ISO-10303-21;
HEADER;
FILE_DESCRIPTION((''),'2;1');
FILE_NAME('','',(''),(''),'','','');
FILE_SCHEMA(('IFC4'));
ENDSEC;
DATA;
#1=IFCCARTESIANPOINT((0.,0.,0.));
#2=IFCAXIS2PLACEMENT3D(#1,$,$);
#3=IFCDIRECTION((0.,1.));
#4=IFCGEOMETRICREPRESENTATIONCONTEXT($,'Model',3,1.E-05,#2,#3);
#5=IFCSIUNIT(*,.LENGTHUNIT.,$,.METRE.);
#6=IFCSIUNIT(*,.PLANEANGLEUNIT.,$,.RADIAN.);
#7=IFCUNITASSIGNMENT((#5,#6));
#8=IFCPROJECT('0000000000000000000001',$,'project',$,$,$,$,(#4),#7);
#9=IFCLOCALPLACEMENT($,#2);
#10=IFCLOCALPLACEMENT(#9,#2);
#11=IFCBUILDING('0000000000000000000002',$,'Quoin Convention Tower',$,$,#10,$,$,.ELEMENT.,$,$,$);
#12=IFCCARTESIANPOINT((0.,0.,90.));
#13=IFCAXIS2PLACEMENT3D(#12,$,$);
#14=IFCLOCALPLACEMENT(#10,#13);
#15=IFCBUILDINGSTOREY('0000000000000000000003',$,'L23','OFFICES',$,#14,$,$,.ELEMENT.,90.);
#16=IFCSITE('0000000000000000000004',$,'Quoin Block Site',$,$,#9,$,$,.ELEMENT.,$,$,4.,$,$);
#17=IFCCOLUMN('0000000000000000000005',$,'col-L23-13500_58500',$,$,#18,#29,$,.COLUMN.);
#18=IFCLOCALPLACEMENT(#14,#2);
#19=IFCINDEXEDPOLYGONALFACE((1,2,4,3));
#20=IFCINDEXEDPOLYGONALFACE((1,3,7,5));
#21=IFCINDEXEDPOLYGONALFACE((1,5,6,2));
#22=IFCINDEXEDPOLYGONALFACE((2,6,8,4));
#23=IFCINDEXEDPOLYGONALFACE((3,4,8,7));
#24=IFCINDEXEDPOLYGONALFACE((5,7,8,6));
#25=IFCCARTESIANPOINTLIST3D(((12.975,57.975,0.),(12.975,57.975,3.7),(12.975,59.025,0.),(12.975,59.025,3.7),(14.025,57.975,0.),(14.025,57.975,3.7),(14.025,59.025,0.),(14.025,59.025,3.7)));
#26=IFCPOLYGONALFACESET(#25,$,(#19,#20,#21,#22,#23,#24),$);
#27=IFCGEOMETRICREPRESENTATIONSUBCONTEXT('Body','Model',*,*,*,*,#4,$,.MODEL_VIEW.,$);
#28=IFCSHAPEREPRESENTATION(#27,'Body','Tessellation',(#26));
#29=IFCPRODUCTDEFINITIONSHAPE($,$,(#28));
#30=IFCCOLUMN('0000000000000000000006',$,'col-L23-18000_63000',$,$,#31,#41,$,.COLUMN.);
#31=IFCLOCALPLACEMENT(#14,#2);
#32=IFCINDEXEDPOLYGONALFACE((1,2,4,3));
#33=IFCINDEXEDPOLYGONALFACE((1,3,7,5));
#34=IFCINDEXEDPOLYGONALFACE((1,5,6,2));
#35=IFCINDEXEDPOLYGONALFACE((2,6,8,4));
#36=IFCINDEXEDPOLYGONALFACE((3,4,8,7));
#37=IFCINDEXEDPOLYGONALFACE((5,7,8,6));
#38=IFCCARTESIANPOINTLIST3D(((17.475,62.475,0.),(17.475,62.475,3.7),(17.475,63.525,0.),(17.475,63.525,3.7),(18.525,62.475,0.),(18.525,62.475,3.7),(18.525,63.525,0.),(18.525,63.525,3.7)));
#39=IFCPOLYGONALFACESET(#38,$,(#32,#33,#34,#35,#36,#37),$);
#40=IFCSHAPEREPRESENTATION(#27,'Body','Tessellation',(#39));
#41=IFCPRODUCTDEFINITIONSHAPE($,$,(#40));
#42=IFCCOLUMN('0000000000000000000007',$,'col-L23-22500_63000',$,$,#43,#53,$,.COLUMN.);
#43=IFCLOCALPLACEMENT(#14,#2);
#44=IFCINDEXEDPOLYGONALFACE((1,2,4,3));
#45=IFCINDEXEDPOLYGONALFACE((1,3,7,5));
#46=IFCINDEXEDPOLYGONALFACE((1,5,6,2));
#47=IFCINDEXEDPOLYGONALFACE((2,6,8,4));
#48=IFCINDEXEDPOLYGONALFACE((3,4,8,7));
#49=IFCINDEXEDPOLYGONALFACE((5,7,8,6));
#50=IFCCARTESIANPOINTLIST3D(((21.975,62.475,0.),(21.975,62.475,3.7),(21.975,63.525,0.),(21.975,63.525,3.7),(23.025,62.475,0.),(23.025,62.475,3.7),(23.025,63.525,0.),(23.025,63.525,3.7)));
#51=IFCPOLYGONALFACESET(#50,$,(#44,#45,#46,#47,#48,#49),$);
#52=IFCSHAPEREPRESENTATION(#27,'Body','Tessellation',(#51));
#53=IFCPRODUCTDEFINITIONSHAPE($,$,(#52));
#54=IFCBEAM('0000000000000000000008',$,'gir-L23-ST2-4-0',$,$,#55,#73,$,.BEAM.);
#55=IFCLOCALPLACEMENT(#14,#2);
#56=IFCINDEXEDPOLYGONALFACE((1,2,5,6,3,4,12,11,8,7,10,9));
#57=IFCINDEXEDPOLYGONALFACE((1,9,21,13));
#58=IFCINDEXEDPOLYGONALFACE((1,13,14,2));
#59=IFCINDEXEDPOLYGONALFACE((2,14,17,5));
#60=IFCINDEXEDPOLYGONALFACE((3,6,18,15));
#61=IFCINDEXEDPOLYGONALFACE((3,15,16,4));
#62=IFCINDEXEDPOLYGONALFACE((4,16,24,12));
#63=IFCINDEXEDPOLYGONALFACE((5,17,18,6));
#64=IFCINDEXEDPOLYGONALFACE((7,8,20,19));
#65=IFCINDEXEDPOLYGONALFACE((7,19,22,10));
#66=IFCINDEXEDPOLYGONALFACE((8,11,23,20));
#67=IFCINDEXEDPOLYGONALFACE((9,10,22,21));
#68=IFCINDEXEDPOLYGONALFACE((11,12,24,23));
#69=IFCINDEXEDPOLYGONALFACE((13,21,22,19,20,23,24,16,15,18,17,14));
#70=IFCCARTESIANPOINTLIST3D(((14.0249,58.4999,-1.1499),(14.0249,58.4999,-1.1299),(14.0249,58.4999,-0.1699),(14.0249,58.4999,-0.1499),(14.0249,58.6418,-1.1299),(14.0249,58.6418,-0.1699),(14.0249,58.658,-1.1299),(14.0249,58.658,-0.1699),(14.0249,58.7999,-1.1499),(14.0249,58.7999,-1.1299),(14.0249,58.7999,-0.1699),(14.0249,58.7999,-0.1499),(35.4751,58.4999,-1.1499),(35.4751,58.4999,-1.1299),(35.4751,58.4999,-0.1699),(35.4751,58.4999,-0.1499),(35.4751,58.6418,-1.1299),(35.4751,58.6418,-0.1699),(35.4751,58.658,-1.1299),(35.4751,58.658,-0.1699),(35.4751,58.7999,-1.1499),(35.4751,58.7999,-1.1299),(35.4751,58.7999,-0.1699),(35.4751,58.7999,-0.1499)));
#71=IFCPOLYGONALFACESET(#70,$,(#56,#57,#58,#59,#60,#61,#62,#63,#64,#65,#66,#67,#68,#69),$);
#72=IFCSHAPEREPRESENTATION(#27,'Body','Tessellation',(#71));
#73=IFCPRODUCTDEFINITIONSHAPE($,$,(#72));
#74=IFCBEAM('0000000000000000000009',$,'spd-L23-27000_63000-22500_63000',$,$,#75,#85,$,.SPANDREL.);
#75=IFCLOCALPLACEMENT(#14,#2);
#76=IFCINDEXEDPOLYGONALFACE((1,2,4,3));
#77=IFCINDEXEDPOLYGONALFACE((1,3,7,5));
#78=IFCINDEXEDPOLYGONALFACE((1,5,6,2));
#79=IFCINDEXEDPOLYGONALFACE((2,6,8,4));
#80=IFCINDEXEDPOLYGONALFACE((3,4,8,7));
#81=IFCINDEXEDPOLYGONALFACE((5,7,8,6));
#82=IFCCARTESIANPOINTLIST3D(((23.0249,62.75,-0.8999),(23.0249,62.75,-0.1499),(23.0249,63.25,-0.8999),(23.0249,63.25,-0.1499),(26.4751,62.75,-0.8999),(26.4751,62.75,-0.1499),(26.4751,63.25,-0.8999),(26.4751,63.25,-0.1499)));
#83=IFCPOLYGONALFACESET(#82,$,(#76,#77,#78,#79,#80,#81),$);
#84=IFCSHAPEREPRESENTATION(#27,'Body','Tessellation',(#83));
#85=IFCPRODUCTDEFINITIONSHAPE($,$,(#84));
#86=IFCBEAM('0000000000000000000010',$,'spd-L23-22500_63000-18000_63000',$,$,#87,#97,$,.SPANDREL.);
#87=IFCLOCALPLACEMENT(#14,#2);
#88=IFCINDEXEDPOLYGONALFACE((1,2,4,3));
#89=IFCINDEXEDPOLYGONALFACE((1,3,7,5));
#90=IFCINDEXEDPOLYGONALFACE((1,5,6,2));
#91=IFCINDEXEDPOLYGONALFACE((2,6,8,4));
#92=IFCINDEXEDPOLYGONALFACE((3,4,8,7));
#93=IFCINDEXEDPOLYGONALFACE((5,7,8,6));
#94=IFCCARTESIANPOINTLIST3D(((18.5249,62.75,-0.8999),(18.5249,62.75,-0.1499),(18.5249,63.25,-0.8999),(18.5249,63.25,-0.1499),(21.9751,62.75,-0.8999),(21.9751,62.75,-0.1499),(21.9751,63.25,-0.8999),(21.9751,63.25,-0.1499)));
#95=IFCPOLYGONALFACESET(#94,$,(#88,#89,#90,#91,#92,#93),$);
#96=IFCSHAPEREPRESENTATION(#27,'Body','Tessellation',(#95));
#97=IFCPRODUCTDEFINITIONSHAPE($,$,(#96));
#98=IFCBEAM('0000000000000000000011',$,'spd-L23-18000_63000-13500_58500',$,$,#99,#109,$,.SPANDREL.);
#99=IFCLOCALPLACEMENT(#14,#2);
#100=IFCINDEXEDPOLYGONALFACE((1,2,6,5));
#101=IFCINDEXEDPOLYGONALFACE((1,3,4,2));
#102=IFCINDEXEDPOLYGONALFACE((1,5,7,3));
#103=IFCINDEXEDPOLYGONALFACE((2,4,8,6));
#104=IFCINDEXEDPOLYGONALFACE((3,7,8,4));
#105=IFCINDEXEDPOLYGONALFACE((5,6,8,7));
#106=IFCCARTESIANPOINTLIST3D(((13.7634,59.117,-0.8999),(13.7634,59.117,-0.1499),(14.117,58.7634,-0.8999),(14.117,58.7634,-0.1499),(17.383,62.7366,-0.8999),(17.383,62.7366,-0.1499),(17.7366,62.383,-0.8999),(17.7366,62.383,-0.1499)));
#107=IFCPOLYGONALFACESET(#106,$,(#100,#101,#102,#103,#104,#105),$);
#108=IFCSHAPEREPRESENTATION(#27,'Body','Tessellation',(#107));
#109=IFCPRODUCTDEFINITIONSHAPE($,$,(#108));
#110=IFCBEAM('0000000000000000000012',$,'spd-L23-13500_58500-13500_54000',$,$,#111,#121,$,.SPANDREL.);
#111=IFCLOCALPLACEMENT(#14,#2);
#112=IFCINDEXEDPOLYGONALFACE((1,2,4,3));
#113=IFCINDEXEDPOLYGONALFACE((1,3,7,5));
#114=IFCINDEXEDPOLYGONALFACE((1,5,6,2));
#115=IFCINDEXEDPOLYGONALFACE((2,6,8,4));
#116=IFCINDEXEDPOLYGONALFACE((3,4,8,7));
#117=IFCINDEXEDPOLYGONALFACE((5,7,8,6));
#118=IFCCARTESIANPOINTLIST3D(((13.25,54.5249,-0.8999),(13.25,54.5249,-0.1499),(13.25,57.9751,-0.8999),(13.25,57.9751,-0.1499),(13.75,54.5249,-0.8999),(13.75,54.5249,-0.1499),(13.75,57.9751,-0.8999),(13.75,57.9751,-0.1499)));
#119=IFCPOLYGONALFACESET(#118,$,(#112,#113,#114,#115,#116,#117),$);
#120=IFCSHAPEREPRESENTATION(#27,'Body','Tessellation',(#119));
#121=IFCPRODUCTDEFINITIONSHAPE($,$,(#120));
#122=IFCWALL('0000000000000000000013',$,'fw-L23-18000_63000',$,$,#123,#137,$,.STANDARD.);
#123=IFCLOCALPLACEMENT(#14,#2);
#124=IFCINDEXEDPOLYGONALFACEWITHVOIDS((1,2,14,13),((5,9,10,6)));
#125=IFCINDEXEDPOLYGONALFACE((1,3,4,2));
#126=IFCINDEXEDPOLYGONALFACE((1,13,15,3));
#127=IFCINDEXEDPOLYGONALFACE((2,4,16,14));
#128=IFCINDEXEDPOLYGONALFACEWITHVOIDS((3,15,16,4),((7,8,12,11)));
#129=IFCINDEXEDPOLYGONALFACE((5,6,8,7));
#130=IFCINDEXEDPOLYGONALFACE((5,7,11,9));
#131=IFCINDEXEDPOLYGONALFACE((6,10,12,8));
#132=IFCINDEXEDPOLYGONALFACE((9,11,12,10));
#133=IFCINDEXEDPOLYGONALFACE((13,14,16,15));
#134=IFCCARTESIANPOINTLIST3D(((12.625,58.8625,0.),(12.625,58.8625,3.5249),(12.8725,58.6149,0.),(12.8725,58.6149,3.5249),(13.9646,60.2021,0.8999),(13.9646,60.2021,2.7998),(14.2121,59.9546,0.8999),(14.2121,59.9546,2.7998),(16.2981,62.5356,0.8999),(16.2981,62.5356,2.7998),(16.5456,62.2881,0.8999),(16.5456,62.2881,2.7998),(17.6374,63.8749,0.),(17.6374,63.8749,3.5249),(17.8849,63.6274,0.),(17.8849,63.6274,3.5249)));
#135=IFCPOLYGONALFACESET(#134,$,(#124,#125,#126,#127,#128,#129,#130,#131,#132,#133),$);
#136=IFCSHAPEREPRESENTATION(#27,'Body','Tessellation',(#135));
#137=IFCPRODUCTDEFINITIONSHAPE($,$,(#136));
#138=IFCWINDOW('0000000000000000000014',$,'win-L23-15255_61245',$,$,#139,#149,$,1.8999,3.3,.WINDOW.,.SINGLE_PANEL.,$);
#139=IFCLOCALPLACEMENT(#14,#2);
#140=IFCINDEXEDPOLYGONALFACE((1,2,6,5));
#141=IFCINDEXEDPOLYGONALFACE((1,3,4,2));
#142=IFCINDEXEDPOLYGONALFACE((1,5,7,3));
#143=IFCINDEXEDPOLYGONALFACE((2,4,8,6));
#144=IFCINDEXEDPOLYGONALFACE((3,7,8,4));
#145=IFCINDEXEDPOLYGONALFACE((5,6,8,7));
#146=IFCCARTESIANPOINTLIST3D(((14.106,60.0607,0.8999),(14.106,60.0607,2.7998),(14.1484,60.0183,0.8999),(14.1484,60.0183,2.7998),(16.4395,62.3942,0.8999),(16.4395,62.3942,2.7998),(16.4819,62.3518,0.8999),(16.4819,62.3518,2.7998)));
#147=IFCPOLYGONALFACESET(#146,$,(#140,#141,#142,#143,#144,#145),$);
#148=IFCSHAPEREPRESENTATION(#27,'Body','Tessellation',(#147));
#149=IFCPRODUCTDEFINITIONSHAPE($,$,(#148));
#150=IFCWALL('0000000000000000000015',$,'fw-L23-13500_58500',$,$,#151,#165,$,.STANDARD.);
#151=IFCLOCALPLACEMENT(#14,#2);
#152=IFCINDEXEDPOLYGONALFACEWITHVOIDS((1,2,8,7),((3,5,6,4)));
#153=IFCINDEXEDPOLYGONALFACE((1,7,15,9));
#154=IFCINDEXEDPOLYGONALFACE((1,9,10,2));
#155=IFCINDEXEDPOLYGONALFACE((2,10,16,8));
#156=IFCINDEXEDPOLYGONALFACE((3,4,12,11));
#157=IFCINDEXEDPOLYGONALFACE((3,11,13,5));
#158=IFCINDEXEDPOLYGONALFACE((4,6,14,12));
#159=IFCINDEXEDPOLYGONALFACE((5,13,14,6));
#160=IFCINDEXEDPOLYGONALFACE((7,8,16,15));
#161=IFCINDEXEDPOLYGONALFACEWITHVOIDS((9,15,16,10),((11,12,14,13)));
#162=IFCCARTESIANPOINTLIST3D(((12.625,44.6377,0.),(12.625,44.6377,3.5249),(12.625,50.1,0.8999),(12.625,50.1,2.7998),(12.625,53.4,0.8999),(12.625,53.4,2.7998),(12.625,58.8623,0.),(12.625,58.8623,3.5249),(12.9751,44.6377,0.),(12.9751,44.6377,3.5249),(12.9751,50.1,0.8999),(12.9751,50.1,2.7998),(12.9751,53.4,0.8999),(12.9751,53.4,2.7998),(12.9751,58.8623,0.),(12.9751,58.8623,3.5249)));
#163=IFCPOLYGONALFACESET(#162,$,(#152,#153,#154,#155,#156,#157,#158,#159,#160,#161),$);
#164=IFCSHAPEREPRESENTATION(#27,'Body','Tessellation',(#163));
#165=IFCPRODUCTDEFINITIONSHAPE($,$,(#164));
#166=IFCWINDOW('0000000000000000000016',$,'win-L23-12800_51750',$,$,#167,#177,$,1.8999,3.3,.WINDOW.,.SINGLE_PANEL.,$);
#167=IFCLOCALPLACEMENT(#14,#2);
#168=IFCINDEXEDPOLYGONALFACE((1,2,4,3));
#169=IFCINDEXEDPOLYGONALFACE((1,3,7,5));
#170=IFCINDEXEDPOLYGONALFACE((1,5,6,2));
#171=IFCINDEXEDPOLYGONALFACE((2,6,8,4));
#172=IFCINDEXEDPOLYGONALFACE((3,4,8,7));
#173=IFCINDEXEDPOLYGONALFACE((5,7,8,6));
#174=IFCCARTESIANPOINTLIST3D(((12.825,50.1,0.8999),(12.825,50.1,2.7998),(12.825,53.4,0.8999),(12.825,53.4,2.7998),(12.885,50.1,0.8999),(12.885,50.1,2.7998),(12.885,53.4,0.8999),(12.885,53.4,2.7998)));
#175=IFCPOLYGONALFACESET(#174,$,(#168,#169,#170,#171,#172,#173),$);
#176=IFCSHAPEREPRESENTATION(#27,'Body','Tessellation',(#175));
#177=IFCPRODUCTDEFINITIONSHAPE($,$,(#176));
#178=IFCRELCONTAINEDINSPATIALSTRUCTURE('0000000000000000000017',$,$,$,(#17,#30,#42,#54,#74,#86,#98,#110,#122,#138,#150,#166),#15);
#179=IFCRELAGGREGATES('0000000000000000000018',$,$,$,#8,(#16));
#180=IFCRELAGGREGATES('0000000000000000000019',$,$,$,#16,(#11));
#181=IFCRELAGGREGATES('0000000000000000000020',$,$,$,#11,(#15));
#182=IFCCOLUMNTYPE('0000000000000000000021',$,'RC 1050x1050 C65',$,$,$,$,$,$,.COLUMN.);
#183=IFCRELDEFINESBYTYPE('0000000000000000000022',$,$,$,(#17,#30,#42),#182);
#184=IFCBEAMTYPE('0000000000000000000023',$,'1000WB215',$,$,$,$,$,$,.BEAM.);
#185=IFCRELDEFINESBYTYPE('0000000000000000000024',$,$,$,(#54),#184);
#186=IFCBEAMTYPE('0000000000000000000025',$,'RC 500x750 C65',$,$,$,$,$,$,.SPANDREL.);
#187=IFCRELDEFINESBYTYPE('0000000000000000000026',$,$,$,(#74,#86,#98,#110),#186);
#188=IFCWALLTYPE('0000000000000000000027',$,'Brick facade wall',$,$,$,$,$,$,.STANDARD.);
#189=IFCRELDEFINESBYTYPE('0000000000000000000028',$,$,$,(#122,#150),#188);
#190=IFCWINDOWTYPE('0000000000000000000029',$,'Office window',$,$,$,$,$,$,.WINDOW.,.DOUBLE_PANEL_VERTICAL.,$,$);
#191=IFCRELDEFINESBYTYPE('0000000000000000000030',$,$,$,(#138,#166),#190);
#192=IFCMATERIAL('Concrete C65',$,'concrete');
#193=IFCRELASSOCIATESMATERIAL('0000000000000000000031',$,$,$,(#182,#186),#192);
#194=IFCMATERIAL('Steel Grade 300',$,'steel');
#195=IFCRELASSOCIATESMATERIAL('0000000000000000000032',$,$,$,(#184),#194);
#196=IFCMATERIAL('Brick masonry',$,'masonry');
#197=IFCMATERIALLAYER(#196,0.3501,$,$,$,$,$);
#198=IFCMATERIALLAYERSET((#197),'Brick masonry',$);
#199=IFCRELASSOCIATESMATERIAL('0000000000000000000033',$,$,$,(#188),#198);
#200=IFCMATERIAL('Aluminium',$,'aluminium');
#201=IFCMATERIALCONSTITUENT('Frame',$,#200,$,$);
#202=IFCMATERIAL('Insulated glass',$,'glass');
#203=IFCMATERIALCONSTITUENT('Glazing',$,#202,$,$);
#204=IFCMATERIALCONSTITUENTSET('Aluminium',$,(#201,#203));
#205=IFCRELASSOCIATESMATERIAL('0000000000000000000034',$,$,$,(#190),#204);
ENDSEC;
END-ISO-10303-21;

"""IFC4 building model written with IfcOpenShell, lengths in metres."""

from ifc_helpers import new_model, si_unit, direction, frame, frame_2d, origin, origin_2d, place, context, subcontext, project, spatial, rectangle, i_section, extrude, material, layer, layer_set, constituent, constituent_set, material_profile, profile_set, type_object, element, fill, save


model = new_model("IFC4")

# Units and contexts
model_context = context("Model", 3, precision=1e-05, world=origin(), true_north=direction((0.0, 1.0)))
body_context = subcontext(model_context, "Body", "Model", "MODEL_VIEW")
ifc_project = project(units=[si_unit("LENGTHUNIT", "METRE"), si_unit("PLANEANGLEUNIT", "RADIAN")], contexts=[model_context])

# Site, building, storey
site_placement = place(None, origin())
site = spatial("IfcSite", under=ifc_project, at=site_placement, Name="Quoin Block Site", CompositionType="ELEMENT", RefElevation=4.0)
building_placement = place(site_placement, origin())
building = spatial("IfcBuilding", under=site, at=building_placement, Name="Quoin Convention Tower", CompositionType="ELEMENT")
storey_placement = place(building_placement, frame((0.0, 0.0, 90.0)))
storey = spatial("IfcBuildingStorey", under=building, at=storey_placement, Name="L23", Description="OFFICES", CompositionType="ELEMENT", Elevation=90.0)

# Columns
ifc_material_1 = material(Name="Concrete C65", Category="concrete")
ifc_material_profile_1 = material_profile(ifc_material_1, rectangle(XDim=1.05, YDim=1.05, at=origin_2d()), Name="RC 1050x1050")
ifc_profile_set_1 = profile_set([ifc_material_profile_1], Name="Concrete C65")
column_type = type_object("IfcColumnType", Name="RC 1050x1050 C65", PredefinedType="COLUMN", material=ifc_profile_set_1)
for number, where, z_axis, x_axis, name in (
    (1, (13.5, 58.5, 0.0), (0.0, 0.0, 1.0), (1.0, 0.0, 0.0), "col-L23-13500_58500"),
    (2, (18.0, 63.0, 0.0), (0.0, 0.0, 1.0), (1.0, 0.0, 0.0), "col-L23-18000_63000"),
    (3, (22.5, 63.0, 0.0), (0.0, 0.0, 1.0), (1.0, 0.0, 0.0), "col-L23-22500_63000"),
):
    element("IfcColumn", number, at=place(storey_placement, frame(where, z_axis=z_axis, x_axis=x_axis)), inside=storey, type_object=column_type, Name=name, PredefinedType="COLUMN", context=body_context, shape_type="SweptSolid", body=[
        extrude(rectangle(XDim=1.05, YDim=1.05, at=origin_2d()), origin(), (0.0, 0.0, 1.0), 3.7),
    ])

# Beams
ifc_material_2 = material(Name="Steel Grade 300", Category="steel")
ifc_material_profile_2 = material_profile(ifc_material_2, i_section(OverallWidth=0.3, OverallDepth=1.0, WebThickness=0.0161, FlangeThickness=0.02, at=origin_2d()), Name="1000WB215")
ifc_profile_set_2 = profile_set([ifc_material_profile_2], Name="Steel Grade 300")
beam_type_1 = type_object("IfcBeamType", Name="1000WB215", PredefinedType="BEAM", material=ifc_profile_set_2)
beam_1_placement = place(storey_placement, frame((14.0249, 58.6499, -0.6499), z_axis=(1.0, 0.0, 0.0), x_axis=(0.0, 1.0, 0.0)))
element("IfcBeam", 4, at=beam_1_placement, inside=storey, type_object=beam_type_1, Name="gir-L23-ST2-4-0", PredefinedType="BEAM", context=body_context, shape_type="SweptSolid", body=[
    extrude(i_section(OverallWidth=0.3, OverallDepth=1.0, WebThickness=0.0161, FlangeThickness=0.02, at=origin_2d()), origin(), (0.0, 0.0, 1.0), 21.4502),
])
ifc_material_profile_3 = material_profile(ifc_material_1, rectangle(XDim=0.5, YDim=0.75, at=origin_2d()), Name="RC 500x750")
ifc_profile_set_3 = profile_set([ifc_material_profile_3], Name="Concrete C65")
beam_type_2 = type_object("IfcBeamType", Name="RC 500x750 C65", PredefinedType="SPANDREL", material=ifc_profile_set_3)
for number, where, z_axis, x_axis, name in (
    (5, (26.4751, 63.0, -0.5249), (-1.0, 0.0, 0.0), (0.0, -1.0, 0.0), "spd-L23-27000_63000-22500_63000"),
    (6, (21.9751, 63.0, -0.5249), (-1.0, 0.0, 0.0), (0.0, -1.0, 0.0), "spd-L23-22500_63000-18000_63000"),
):
    element("IfcBeam", number, at=place(storey_placement, frame(where, z_axis=z_axis, x_axis=x_axis)), inside=storey, type_object=beam_type_2, Name=name, PredefinedType="SPANDREL", context=body_context, shape_type="SweptSolid", body=[
        extrude(rectangle(XDim=0.5, YDim=0.75, at=origin_2d()), origin(), (0.0, 0.0, 1.0), 3.4502),
    ])
beam_2_placement = place(storey_placement, frame((17.5598, 62.5598, -0.5249), z_axis=(-0.707107, -0.707107, 0.0), x_axis=(0.707107, -0.707107, 0.0)))
element("IfcBeam", 7, at=beam_2_placement, inside=storey, type_object=beam_type_2, Name="spd-L23-18000_63000-13500_58500", PredefinedType="SPANDREL", context=body_context, shape_type="SweptSolid", body=[
    extrude(rectangle(XDim=0.5, YDim=0.75, at=origin_2d()), origin(), (0.0, 0.0, 1.0), 5.1189),
])
beam_3_placement = place(storey_placement, frame((13.5, 57.9751, -0.5249), z_axis=(0.0, -1.0, 0.0), x_axis=(1.0, 0.0, 0.0)))
element("IfcBeam", 8, at=beam_3_placement, inside=storey, type_object=beam_type_2, Name="spd-L23-13500_58500-13500_54000", PredefinedType="SPANDREL", context=body_context, shape_type="SweptSolid", body=[
    extrude(rectangle(XDim=0.5, YDim=0.75, at=origin_2d()), origin(), (0.0, 0.0, 1.0), 3.4502),
])

# Walls, openings, windows
ifc_material_3 = material(Name="Brick masonry", Category="masonry")
ifc_layer_1 = layer(ifc_material_3, 0.3501)
ifc_layer_set_1 = layer_set([ifc_layer_1], Name="Brick masonry")
wall_type_1 = type_object("IfcWallType", Name="Brick facade wall", PredefinedType="STANDARD", material=ifc_layer_set_1)
wall_1_placement = place(storey_placement, frame((17.7612, 63.7512, 0.0), z_axis=(0.0, 0.0, 1.0), x_axis=(-0.707107, -0.707107, 0.0)))
wall_1 = element("IfcWall", 9, at=wall_1_placement, inside=storey, type_object=wall_type_1, Name="fw-L23-18000_63000", PredefinedType="STANDARD", context=body_context, shape_type="SweptSolid", body=[
    extrude(rectangle(XDim=7.0886, YDim=0.3501, at=frame_2d((3.5444, 0.0))), origin(), (0.0, 0.0, 1.0), 3.5249),
])
opening_1_placement = place(wall_1_placement, frame((1.8943, 0.0, 0.8999)))
opening_1 = element("IfcOpeningElement", 10, at=opening_1_placement, cuts=wall_1, PredefinedType="OPENING", context=body_context, shape_type="SweptSolid", body=[
    extrude(rectangle(XDim=3.3, YDim=1.8999, at=frame_2d((1.6499, 0.95))), frame((0.0, 0.1851, 0.0), z_axis=(0.0, -1.0, 0.0), x_axis=(1.0, 0.0, 0.0)), (0.0, 0.0, 1.0), 0.3701),
])
ifc_material_4 = material(Name="Aluminium", Category="aluminium")
ifc_constituent_1 = constituent(ifc_material_4, Name="Frame")
ifc_material_5 = material(Name="Insulated glass", Category="glass")
ifc_constituent_2 = constituent(ifc_material_5, Name="Glazing")
ifc_constituent_set = constituent_set(constituents=[ifc_constituent_1, ifc_constituent_2], Name="Aluminium")
window_type = type_object("IfcWindowType", Name="Office window", PartitioningType="DOUBLE_PANEL_VERTICAL", PredefinedType="WINDOW", material=ifc_constituent_set)
window_1_placement = place(opening_1_placement, origin())
window_1 = element("IfcWindow", 11, at=window_1_placement, inside=storey, type_object=window_type, Name="win-L23-15255_61245", OverallHeight=1.8999, OverallWidth=3.3, PartitioningType="SINGLE_PANEL", PredefinedType="WINDOW", context=body_context, shape_type="SweptSolid", body=[
    extrude(rectangle(XDim=3.3, YDim=1.8999, at=frame_2d((1.6499, 0.95))), frame((0.0, 0.085, 0.0), z_axis=(0.0, -1.0, 0.0), x_axis=(1.0, 0.0, 0.0)), (0.0, 0.0, 1.0), 0.0601),
])
fill(opening_1, window_1)
wall_2_placement = place(storey_placement, frame((12.8, 58.8623, 0.0), z_axis=(0.0, 0.0, 1.0), x_axis=(0.0, -1.0, 0.0)))
wall_2 = element("IfcWall", 12, at=wall_2_placement, inside=storey, type_object=wall_type_1, Name="fw-L23-13500_58500", PredefinedType="STANDARD", context=body_context, shape_type="SweptSolid", body=[
    extrude(rectangle(XDim=14.2246, YDim=0.3501, at=frame_2d((7.1123, 0.0))), origin(), (0.0, 0.0, 1.0), 3.5249),
])
opening_2_placement = place(wall_2_placement, frame((5.4624, 0.0, 0.8999)))
opening_2 = element("IfcOpeningElement", 13, at=opening_2_placement, cuts=wall_2, PredefinedType="OPENING", context=body_context, shape_type="SweptSolid", body=[
    extrude(rectangle(XDim=3.3, YDim=1.8999, at=frame_2d((1.6499, 0.95))), frame((0.0, 0.1851, 0.0), z_axis=(0.0, -1.0, 0.0), x_axis=(1.0, 0.0, 0.0)), (0.0, 0.0, 1.0), 0.3701),
])
window_2_placement = place(opening_2_placement, origin())
window_2 = element("IfcWindow", 14, at=window_2_placement, inside=storey, type_object=window_type, Name="win-L23-12800_51750", OverallHeight=1.8999, OverallWidth=3.3, PartitioningType="SINGLE_PANEL", PredefinedType="WINDOW", context=body_context, shape_type="SweptSolid", body=[
    extrude(rectangle(XDim=3.3, YDim=1.8999, at=frame_2d((1.6499, 0.95))), frame((0.0, 0.085, 0.0), z_axis=(0.0, -1.0, 0.0), x_axis=(1.0, 0.0, 0.0)), (0.0, 0.0, 1.0), 0.0601),
])
fill(opening_2, window_2)

save(model, "model.ifc")
